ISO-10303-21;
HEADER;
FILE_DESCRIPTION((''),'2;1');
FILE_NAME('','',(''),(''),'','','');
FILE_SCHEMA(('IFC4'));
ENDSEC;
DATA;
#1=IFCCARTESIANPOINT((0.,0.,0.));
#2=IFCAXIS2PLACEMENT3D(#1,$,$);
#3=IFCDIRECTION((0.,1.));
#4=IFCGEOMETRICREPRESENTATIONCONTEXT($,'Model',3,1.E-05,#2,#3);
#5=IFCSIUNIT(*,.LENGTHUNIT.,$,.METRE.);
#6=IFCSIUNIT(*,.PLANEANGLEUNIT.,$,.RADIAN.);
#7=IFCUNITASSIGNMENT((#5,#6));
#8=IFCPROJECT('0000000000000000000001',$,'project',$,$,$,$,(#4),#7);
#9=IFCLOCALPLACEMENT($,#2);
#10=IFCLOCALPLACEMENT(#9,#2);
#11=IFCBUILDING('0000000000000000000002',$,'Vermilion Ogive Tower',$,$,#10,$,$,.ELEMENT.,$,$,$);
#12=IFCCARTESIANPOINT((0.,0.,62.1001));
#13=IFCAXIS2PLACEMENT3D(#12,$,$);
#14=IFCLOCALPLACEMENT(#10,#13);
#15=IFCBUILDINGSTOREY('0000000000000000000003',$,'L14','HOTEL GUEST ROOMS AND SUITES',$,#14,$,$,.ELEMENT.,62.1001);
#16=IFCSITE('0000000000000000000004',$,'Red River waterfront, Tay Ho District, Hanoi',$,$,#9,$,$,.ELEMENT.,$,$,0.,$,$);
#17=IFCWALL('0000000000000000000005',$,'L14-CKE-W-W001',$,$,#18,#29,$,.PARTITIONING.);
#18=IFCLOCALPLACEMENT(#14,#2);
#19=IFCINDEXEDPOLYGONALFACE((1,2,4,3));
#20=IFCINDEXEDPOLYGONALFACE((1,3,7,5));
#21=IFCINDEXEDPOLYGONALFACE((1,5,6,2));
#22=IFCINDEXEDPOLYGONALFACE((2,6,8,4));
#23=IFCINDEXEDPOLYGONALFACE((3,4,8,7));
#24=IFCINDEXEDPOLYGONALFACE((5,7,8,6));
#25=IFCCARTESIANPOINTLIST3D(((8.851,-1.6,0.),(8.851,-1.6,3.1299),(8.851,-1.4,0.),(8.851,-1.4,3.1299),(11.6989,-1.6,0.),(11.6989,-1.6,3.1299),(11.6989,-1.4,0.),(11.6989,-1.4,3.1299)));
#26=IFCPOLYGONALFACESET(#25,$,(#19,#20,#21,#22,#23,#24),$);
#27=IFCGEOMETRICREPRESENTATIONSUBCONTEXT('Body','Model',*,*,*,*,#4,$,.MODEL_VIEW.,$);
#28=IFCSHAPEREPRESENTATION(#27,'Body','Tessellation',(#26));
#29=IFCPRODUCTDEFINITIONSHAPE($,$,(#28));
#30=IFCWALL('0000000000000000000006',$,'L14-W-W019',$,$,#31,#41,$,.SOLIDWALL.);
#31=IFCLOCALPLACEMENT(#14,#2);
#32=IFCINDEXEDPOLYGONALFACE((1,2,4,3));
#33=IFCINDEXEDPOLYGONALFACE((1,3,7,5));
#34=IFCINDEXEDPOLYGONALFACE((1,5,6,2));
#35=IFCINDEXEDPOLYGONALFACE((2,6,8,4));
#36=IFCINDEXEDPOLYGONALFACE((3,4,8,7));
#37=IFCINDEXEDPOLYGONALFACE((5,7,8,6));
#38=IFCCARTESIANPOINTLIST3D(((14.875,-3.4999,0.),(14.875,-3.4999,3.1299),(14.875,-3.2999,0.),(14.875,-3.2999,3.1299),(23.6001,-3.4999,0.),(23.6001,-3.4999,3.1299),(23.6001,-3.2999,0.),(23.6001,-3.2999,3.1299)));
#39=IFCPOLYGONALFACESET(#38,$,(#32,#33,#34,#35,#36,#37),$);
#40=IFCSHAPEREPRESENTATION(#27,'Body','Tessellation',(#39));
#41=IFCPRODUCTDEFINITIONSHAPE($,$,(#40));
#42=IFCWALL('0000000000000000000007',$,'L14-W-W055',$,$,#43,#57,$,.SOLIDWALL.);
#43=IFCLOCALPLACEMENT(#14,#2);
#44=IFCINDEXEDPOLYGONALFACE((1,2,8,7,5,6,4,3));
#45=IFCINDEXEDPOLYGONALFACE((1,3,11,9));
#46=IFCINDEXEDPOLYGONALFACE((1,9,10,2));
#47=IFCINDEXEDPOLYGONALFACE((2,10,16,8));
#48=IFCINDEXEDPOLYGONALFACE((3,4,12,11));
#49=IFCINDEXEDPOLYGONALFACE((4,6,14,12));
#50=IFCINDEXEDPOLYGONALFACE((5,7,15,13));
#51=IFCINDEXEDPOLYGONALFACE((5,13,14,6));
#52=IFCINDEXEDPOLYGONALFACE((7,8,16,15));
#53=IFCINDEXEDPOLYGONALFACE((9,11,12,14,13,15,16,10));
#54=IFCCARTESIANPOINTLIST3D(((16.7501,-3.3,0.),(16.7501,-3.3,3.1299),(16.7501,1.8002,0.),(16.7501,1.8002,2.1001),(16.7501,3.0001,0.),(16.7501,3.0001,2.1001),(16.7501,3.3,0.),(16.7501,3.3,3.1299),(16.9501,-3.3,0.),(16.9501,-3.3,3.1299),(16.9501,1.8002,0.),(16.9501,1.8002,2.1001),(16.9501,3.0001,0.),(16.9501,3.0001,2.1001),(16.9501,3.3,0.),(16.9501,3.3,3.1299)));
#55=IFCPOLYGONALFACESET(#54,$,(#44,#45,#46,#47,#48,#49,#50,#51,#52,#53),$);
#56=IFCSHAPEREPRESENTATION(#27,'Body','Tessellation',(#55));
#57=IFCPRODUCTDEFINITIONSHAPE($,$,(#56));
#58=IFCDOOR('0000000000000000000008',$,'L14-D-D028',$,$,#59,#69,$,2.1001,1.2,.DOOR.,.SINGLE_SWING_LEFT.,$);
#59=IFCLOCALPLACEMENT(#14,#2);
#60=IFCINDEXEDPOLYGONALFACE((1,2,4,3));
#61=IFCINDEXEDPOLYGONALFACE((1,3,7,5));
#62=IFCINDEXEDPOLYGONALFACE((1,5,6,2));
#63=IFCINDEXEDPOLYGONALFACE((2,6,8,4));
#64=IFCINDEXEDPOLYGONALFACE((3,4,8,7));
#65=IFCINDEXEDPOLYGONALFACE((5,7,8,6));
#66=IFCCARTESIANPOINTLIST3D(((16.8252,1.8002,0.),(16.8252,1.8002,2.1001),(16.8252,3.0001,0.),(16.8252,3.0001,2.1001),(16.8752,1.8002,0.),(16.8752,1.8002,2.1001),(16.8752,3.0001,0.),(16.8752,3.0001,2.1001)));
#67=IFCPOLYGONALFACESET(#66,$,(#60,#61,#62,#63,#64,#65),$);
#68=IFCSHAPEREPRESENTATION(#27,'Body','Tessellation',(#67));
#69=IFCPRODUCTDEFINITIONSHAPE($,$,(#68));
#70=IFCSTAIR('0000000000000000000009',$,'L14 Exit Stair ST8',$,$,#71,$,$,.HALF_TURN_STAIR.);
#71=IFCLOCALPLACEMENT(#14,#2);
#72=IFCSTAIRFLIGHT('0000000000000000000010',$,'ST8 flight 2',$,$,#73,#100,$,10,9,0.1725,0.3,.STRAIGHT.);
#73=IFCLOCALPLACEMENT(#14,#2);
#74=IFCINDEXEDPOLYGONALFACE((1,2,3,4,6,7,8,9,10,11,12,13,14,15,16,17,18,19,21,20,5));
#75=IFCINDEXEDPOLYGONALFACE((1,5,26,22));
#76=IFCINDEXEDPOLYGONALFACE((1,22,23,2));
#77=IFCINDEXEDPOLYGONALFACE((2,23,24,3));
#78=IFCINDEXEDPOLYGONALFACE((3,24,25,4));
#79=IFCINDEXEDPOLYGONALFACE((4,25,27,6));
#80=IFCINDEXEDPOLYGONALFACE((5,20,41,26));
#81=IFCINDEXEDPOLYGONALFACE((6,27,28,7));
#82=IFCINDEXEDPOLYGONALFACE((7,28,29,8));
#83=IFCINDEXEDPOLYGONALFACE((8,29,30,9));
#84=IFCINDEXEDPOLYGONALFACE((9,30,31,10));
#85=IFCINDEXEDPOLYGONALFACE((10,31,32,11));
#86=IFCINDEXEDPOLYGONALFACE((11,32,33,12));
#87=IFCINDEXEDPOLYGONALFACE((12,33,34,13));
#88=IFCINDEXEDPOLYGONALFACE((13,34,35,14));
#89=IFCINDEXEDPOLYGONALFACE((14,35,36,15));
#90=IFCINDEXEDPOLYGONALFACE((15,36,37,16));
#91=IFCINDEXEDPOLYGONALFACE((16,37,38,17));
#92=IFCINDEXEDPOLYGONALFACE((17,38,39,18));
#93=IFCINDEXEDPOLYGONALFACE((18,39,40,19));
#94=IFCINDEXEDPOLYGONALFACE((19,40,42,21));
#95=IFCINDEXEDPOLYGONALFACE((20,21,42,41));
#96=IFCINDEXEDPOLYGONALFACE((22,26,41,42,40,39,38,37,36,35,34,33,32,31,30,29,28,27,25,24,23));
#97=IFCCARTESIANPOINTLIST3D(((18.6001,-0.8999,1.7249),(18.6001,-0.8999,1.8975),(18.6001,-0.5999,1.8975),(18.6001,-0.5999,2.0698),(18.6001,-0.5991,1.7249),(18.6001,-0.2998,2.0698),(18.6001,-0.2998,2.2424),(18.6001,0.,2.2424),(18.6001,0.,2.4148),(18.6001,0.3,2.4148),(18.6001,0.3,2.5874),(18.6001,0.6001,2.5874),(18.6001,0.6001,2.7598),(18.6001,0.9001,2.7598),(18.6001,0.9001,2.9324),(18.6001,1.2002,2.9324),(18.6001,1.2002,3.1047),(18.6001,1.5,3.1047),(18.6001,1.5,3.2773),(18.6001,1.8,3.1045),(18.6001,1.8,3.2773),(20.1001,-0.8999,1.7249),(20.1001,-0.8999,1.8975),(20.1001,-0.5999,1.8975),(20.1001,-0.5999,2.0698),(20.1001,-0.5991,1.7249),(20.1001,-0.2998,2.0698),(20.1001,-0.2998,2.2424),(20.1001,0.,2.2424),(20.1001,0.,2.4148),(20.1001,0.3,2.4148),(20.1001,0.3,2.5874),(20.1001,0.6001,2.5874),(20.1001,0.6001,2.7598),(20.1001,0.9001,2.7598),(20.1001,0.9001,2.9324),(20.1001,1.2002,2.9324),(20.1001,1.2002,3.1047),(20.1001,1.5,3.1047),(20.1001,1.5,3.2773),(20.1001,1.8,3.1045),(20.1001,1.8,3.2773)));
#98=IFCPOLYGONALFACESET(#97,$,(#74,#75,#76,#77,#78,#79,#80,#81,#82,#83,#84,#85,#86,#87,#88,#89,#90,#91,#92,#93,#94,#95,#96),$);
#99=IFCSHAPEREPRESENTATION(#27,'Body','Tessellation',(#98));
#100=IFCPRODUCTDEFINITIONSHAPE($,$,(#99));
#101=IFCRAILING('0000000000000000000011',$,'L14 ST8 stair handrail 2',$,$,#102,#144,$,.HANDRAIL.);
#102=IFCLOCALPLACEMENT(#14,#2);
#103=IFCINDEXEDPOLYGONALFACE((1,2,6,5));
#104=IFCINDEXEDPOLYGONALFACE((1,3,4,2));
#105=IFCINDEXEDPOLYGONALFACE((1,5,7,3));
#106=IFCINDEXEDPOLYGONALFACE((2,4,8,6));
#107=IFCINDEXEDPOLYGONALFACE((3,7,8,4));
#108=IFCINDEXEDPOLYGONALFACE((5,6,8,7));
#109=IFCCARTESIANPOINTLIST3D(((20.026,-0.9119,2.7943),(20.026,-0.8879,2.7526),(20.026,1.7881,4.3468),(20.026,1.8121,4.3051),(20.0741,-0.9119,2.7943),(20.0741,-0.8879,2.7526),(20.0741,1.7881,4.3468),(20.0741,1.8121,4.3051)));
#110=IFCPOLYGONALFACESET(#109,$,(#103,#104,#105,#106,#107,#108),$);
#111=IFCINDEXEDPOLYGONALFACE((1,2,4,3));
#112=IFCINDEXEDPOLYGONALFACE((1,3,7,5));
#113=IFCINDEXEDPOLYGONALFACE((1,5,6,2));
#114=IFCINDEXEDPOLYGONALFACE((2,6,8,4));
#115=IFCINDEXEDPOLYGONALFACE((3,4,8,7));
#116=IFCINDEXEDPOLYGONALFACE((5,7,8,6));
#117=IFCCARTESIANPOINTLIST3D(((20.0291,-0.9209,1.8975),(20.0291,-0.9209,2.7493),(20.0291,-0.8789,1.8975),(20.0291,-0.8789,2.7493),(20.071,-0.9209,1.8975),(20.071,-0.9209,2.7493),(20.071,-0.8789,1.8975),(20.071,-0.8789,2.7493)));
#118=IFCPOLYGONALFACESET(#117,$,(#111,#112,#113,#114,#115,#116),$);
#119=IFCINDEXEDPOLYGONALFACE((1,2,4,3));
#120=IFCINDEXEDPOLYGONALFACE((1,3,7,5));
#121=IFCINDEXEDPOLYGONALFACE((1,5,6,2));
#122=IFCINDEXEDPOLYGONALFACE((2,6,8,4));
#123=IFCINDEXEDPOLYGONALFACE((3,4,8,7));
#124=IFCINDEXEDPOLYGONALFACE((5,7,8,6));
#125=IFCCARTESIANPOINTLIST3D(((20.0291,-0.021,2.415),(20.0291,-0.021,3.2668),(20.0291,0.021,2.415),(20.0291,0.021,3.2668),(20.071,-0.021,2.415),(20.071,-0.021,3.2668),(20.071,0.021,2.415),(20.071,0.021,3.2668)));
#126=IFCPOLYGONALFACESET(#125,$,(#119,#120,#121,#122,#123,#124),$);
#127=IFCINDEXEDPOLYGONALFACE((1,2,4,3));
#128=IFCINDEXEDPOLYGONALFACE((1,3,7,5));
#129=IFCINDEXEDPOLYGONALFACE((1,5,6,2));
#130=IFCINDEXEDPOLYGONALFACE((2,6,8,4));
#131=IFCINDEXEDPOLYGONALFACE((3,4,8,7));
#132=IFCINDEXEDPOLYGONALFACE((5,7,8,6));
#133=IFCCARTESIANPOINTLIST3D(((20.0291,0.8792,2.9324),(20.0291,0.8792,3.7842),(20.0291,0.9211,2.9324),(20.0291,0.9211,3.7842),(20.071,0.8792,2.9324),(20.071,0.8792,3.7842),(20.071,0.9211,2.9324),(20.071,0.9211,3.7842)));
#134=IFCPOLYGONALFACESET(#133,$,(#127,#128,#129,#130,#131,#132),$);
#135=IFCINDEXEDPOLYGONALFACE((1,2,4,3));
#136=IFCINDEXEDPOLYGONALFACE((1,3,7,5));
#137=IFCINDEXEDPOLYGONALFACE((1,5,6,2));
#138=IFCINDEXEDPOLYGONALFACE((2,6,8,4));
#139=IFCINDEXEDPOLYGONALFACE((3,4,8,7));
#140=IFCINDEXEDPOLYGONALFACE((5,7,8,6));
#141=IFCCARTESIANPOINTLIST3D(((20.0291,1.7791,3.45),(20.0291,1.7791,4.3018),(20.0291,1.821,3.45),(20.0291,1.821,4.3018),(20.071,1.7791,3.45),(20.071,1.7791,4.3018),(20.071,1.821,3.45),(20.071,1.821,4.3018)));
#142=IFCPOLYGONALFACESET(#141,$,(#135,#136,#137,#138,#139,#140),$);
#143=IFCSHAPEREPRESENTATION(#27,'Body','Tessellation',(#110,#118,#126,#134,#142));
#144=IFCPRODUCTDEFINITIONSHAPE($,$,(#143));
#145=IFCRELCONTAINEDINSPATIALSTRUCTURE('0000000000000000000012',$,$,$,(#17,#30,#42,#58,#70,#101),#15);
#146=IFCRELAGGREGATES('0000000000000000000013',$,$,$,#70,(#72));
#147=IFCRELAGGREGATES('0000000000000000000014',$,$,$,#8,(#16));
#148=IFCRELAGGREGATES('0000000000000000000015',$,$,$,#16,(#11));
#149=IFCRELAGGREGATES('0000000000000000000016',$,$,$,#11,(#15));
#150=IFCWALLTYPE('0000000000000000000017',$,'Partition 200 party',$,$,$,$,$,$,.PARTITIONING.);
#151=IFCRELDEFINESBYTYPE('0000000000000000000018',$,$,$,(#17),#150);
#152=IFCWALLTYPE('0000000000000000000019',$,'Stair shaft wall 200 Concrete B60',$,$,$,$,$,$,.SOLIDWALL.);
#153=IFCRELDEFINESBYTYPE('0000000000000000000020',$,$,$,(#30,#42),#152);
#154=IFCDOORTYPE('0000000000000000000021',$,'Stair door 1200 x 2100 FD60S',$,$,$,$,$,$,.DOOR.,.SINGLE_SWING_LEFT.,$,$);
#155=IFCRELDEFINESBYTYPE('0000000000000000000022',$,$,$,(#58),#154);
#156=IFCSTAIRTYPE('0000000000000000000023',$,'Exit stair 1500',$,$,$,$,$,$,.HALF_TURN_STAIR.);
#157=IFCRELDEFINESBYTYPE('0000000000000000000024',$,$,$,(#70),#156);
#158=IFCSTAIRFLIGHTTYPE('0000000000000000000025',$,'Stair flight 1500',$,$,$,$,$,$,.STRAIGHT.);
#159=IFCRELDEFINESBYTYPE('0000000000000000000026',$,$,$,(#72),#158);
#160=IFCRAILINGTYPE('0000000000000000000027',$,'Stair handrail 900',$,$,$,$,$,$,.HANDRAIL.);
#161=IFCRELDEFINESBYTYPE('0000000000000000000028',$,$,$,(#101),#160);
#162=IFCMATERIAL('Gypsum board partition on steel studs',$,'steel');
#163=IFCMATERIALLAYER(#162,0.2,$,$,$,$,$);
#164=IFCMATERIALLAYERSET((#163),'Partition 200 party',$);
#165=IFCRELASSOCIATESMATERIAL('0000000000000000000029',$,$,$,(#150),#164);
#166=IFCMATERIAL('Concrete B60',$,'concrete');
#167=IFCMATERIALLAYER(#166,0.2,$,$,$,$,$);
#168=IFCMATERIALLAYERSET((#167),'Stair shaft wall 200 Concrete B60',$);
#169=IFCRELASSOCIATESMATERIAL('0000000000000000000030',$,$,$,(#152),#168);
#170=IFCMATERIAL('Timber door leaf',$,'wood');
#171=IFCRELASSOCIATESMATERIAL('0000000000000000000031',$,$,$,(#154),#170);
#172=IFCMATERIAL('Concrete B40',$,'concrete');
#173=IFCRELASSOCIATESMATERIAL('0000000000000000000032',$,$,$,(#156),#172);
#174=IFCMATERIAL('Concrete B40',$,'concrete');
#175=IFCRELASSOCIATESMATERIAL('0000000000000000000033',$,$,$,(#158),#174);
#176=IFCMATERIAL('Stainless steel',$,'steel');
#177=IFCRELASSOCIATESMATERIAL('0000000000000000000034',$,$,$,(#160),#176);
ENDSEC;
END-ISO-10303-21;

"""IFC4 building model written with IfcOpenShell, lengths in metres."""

from ifc_helpers import new_model, si_unit, direction, frame, frame_2d, origin, origin_2d, place, context, subcontext, project, spatial, polyline, rectangle, outline, extrude, material, layer, layer_set, type_object, element, fill, aggregate, save


model = new_model("IFC4")

# Units and contexts
model_context = context("Model", 3, precision=1e-05, world=origin(), true_north=direction((0.0, 1.0)))
body_context = subcontext(model_context, "Body", "Model", "MODEL_VIEW")
ifc_project = project(units=[si_unit("LENGTHUNIT", "METRE"), si_unit("PLANEANGLEUNIT", "RADIAN")], contexts=[model_context])

# Site, building, storey
site_placement = place(None, origin())
site = spatial("IfcSite", under=ifc_project, at=site_placement, Name="Red River waterfront, Tay Ho District, Hanoi", CompositionType="ELEMENT", RefElevation=0.0)
building_placement = place(site_placement, origin())
building = spatial("IfcBuilding", under=site, at=building_placement, Name="Vermilion Ogive Tower", CompositionType="ELEMENT")
storey_placement = place(building_placement, frame((0.0, 0.0, 62.1001)))
storey = spatial("IfcBuildingStorey", under=building, at=storey_placement, Name="L14", Description="HOTEL GUEST ROOMS AND SUITES", CompositionType="ELEMENT", Elevation=62.1001)

# Walls
ifc_material_1 = material(Name="Gypsum board partition on steel studs", Category="steel")
ifc_layer_1 = layer(ifc_material_1, 0.2)
ifc_layer_set_1 = layer_set([ifc_layer_1], Name="Partition 200 party")
wall_type_1 = type_object("IfcWallType", Name="Partition 200 party", PredefinedType="PARTITIONING", material=ifc_layer_set_1)
wall_1_placement = place(storey_placement, frame((8.8511, -1.5, 0.0), z_axis=(0.0, 0.0, 1.0), x_axis=(1.0, 0.0, 0.0)))
element("IfcWall", 1, at=wall_1_placement, inside=storey, type_object=wall_type_1, Name="L14-CKE-W-W001", PredefinedType="PARTITIONING", context=body_context, shape_type="SweptSolid", body=[
    extrude(rectangle(XDim=2.8479, YDim=0.2, at=frame_2d((1.4238, 0.0))), origin(), (0.0, 0.0, 1.0), 3.1299),
])
ifc_material_2 = material(Name="Concrete B60", Category="concrete")
ifc_layer_2 = layer(ifc_material_2, 0.2)
ifc_layer_set_2 = layer_set([ifc_layer_2], Name="Stair shaft wall 200 Concrete B60")
wall_type_2 = type_object("IfcWallType", Name="Stair shaft wall 200 Concrete B60", PredefinedType="SOLIDWALL", material=ifc_layer_set_2)
wall_2_placement = place(storey_placement, frame((14.875, -3.3999, 0.0), z_axis=(0.0, 0.0, 1.0), x_axis=(1.0, 0.0, 0.0)))
element("IfcWall", 2, at=wall_2_placement, inside=storey, type_object=wall_type_2, Name="L14-W-W019", PredefinedType="SOLIDWALL", context=body_context, shape_type="SweptSolid", body=[
    extrude(rectangle(XDim=8.7251, YDim=0.2, at=frame_2d((4.3625, 0.0))), origin(), (0.0, 0.0, 1.0), 3.1299),
])

# Wall, opening, door
wall_3_placement = place(storey_placement, frame((16.8501, -3.3, 0.0), z_axis=(0.0, 0.0, 1.0), x_axis=(0.0, 1.0, 0.0)))
wall_3 = element("IfcWall", 3, at=wall_3_placement, inside=storey, type_object=wall_type_2, Name="L14-W-W055", PredefinedType="SOLIDWALL", context=body_context, shape_type="SweptSolid", body=[
    extrude(rectangle(XDim=6.6001, YDim=0.2, at=frame_2d((3.3, 0.0))), origin(), (0.0, 0.0, 1.0), 3.1299),
])
opening_1_placement = place(wall_3_placement, frame((5.1001, 0.0, 0.0)))
opening_1 = element("IfcOpeningElement", 4, at=opening_1_placement, cuts=wall_3, PredefinedType="OPENING", context=body_context, shape_type="SweptSolid", body=[
    extrude(rectangle(XDim=1.2, YDim=2.1001, at=frame_2d((0.6001, 1.05))), frame((0.0, 0.1099, 0.0), z_axis=(0.0, -1.0, 0.0), x_axis=(1.0, 0.0, 0.0)), (0.0, 0.0, 1.0), 0.22),
])
ifc_material_3 = material(Name="Timber door leaf", Category="wood")
door_type_1 = type_object("IfcDoorType", Name="Stair door 1200 x 2100 FD60S", OperationType="SINGLE_SWING_LEFT", PredefinedType="DOOR", material=ifc_material_3)
door_1_placement = place(opening_1_placement, origin())
door_1 = element("IfcDoor", 5, at=door_1_placement, inside=storey, type_object=door_type_1, Name="L14-D-D028", OperationType="SINGLE_SWING_LEFT", OverallHeight=2.1001, OverallWidth=1.2, PredefinedType="DOOR", context=body_context, shape_type="SweptSolid", body=[
    extrude(rectangle(XDim=1.2, YDim=2.1001, at=frame_2d((0.6001, 1.05))), frame((0.0, 0.0249, 0.0), z_axis=(0.0, -1.0, 0.0), x_axis=(1.0, 0.0, 0.0)), (0.0, 0.0, 1.0), 0.05),
])
fill(opening_1, door_1)

# Stair, stair flight
ifc_material_4 = material(Name="Concrete B40", Category="concrete")
stair_type = type_object("IfcStairType", Name="Exit stair 1500", PredefinedType="HALF_TURN_STAIR", material=ifc_material_4)
stair_placement = place(storey_placement, origin())
stair = element("IfcStair", 6, at=stair_placement, inside=storey, type_object=stair_type, Name="L14 Exit Stair ST8", PredefinedType="HALF_TURN_STAIR")
ifc_material_5 = material(Name="Concrete B40", Category="concrete")
stair_flight_type = type_object("IfcStairFlightType", Name="Stair flight 1500", PredefinedType="STRAIGHT", material=ifc_material_5)
stair_flight_placement = place(storey_placement, frame((19.3501, -0.8999, 1.7249), z_axis=(0.0, 0.0, 1.0), x_axis=(0.0, 1.0, 0.0)))
stair_flight = element("IfcStairFlight", 7, at=stair_flight_placement, type_object=stair_flight_type, Name="ST8 flight 2", NumberOfRisers=10, NumberOfTreads=9, PredefinedType="STRAIGHT", RiserHeight=0.1725, TreadLength=0.3, context=body_context, shape_type="SweptSolid", body=[
    extrude(outline(polyline([(0.0, 0.0), (0.0, 0.1726), (0.3, 0.1726), (0.3, 0.345), (0.6001, 0.345), (0.6001, 0.5176), (0.8999, 0.5176), (0.8999, 0.6899), (1.2, 0.6899), (1.2, 0.8625), (1.5, 0.8625), (1.5, 1.0349), (1.8, 1.0349), (1.8, 1.2075), (2.1001, 1.2075), (2.1001, 1.3799), (2.3999, 1.3799), (2.3999, 1.5525), (2.7, 1.5525), (2.7, 1.7251), (2.7, 1.3796), (0.3008, 0.0), (0.0, 0.0)])), frame((0.0, 0.75, 0.0), z_axis=(0.0, -1.0, 0.0), x_axis=(1.0, 0.0, 0.0)), (0.0, 0.0, 1.0), 1.5),
])
aggregate(stair, [stair_flight])

# Railing
ifc_material_6 = material(Name="Stainless steel", Category="steel")
railing_type = type_object("IfcRailingType", Name="Stair handrail 900", PredefinedType="HANDRAIL", material=ifc_material_6)
railing_placement = place(storey_placement, frame((20.05, -0.8999, 1.8975)))
element("IfcRailing", 8, at=railing_placement, inside=storey, type_object=railing_type, Name="L14 ST8 stair handrail 2", PredefinedType="HANDRAIL", context=body_context, shape_type="SweptSolid", body=[
    extrude(rectangle(XDim=0.0481, YDim=0.0481, at=origin_2d()), frame((0.0, 0.0, 0.876), z_axis=(0.0, 0.866904, 0.498476), x_axis=(-1.0, 0.0, 0.0)), (0.0, 0.0, 1.0), 3.1145),
    extrude(rectangle(XDim=0.042, YDim=0.042, at=origin_2d()), origin(), (0.0, 0.0, 1.0), 0.8518),
    extrude(rectangle(XDim=0.042, YDim=0.042, at=origin_2d()), frame((0.0, 0.8999, 0.5176)), (0.0, 0.0, 1.0), 0.8518),
    extrude(rectangle(XDim=0.042, YDim=0.042, at=origin_2d()), frame((0.0, 1.8, 1.0349)), (0.0, 0.0, 1.0), 0.8518),
    extrude(rectangle(XDim=0.042, YDim=0.042, at=origin_2d()), frame((0.0, 2.7, 1.5525)), (0.0, 0.0, 1.0), 0.8518),
])

save(model, "model.ifc")
